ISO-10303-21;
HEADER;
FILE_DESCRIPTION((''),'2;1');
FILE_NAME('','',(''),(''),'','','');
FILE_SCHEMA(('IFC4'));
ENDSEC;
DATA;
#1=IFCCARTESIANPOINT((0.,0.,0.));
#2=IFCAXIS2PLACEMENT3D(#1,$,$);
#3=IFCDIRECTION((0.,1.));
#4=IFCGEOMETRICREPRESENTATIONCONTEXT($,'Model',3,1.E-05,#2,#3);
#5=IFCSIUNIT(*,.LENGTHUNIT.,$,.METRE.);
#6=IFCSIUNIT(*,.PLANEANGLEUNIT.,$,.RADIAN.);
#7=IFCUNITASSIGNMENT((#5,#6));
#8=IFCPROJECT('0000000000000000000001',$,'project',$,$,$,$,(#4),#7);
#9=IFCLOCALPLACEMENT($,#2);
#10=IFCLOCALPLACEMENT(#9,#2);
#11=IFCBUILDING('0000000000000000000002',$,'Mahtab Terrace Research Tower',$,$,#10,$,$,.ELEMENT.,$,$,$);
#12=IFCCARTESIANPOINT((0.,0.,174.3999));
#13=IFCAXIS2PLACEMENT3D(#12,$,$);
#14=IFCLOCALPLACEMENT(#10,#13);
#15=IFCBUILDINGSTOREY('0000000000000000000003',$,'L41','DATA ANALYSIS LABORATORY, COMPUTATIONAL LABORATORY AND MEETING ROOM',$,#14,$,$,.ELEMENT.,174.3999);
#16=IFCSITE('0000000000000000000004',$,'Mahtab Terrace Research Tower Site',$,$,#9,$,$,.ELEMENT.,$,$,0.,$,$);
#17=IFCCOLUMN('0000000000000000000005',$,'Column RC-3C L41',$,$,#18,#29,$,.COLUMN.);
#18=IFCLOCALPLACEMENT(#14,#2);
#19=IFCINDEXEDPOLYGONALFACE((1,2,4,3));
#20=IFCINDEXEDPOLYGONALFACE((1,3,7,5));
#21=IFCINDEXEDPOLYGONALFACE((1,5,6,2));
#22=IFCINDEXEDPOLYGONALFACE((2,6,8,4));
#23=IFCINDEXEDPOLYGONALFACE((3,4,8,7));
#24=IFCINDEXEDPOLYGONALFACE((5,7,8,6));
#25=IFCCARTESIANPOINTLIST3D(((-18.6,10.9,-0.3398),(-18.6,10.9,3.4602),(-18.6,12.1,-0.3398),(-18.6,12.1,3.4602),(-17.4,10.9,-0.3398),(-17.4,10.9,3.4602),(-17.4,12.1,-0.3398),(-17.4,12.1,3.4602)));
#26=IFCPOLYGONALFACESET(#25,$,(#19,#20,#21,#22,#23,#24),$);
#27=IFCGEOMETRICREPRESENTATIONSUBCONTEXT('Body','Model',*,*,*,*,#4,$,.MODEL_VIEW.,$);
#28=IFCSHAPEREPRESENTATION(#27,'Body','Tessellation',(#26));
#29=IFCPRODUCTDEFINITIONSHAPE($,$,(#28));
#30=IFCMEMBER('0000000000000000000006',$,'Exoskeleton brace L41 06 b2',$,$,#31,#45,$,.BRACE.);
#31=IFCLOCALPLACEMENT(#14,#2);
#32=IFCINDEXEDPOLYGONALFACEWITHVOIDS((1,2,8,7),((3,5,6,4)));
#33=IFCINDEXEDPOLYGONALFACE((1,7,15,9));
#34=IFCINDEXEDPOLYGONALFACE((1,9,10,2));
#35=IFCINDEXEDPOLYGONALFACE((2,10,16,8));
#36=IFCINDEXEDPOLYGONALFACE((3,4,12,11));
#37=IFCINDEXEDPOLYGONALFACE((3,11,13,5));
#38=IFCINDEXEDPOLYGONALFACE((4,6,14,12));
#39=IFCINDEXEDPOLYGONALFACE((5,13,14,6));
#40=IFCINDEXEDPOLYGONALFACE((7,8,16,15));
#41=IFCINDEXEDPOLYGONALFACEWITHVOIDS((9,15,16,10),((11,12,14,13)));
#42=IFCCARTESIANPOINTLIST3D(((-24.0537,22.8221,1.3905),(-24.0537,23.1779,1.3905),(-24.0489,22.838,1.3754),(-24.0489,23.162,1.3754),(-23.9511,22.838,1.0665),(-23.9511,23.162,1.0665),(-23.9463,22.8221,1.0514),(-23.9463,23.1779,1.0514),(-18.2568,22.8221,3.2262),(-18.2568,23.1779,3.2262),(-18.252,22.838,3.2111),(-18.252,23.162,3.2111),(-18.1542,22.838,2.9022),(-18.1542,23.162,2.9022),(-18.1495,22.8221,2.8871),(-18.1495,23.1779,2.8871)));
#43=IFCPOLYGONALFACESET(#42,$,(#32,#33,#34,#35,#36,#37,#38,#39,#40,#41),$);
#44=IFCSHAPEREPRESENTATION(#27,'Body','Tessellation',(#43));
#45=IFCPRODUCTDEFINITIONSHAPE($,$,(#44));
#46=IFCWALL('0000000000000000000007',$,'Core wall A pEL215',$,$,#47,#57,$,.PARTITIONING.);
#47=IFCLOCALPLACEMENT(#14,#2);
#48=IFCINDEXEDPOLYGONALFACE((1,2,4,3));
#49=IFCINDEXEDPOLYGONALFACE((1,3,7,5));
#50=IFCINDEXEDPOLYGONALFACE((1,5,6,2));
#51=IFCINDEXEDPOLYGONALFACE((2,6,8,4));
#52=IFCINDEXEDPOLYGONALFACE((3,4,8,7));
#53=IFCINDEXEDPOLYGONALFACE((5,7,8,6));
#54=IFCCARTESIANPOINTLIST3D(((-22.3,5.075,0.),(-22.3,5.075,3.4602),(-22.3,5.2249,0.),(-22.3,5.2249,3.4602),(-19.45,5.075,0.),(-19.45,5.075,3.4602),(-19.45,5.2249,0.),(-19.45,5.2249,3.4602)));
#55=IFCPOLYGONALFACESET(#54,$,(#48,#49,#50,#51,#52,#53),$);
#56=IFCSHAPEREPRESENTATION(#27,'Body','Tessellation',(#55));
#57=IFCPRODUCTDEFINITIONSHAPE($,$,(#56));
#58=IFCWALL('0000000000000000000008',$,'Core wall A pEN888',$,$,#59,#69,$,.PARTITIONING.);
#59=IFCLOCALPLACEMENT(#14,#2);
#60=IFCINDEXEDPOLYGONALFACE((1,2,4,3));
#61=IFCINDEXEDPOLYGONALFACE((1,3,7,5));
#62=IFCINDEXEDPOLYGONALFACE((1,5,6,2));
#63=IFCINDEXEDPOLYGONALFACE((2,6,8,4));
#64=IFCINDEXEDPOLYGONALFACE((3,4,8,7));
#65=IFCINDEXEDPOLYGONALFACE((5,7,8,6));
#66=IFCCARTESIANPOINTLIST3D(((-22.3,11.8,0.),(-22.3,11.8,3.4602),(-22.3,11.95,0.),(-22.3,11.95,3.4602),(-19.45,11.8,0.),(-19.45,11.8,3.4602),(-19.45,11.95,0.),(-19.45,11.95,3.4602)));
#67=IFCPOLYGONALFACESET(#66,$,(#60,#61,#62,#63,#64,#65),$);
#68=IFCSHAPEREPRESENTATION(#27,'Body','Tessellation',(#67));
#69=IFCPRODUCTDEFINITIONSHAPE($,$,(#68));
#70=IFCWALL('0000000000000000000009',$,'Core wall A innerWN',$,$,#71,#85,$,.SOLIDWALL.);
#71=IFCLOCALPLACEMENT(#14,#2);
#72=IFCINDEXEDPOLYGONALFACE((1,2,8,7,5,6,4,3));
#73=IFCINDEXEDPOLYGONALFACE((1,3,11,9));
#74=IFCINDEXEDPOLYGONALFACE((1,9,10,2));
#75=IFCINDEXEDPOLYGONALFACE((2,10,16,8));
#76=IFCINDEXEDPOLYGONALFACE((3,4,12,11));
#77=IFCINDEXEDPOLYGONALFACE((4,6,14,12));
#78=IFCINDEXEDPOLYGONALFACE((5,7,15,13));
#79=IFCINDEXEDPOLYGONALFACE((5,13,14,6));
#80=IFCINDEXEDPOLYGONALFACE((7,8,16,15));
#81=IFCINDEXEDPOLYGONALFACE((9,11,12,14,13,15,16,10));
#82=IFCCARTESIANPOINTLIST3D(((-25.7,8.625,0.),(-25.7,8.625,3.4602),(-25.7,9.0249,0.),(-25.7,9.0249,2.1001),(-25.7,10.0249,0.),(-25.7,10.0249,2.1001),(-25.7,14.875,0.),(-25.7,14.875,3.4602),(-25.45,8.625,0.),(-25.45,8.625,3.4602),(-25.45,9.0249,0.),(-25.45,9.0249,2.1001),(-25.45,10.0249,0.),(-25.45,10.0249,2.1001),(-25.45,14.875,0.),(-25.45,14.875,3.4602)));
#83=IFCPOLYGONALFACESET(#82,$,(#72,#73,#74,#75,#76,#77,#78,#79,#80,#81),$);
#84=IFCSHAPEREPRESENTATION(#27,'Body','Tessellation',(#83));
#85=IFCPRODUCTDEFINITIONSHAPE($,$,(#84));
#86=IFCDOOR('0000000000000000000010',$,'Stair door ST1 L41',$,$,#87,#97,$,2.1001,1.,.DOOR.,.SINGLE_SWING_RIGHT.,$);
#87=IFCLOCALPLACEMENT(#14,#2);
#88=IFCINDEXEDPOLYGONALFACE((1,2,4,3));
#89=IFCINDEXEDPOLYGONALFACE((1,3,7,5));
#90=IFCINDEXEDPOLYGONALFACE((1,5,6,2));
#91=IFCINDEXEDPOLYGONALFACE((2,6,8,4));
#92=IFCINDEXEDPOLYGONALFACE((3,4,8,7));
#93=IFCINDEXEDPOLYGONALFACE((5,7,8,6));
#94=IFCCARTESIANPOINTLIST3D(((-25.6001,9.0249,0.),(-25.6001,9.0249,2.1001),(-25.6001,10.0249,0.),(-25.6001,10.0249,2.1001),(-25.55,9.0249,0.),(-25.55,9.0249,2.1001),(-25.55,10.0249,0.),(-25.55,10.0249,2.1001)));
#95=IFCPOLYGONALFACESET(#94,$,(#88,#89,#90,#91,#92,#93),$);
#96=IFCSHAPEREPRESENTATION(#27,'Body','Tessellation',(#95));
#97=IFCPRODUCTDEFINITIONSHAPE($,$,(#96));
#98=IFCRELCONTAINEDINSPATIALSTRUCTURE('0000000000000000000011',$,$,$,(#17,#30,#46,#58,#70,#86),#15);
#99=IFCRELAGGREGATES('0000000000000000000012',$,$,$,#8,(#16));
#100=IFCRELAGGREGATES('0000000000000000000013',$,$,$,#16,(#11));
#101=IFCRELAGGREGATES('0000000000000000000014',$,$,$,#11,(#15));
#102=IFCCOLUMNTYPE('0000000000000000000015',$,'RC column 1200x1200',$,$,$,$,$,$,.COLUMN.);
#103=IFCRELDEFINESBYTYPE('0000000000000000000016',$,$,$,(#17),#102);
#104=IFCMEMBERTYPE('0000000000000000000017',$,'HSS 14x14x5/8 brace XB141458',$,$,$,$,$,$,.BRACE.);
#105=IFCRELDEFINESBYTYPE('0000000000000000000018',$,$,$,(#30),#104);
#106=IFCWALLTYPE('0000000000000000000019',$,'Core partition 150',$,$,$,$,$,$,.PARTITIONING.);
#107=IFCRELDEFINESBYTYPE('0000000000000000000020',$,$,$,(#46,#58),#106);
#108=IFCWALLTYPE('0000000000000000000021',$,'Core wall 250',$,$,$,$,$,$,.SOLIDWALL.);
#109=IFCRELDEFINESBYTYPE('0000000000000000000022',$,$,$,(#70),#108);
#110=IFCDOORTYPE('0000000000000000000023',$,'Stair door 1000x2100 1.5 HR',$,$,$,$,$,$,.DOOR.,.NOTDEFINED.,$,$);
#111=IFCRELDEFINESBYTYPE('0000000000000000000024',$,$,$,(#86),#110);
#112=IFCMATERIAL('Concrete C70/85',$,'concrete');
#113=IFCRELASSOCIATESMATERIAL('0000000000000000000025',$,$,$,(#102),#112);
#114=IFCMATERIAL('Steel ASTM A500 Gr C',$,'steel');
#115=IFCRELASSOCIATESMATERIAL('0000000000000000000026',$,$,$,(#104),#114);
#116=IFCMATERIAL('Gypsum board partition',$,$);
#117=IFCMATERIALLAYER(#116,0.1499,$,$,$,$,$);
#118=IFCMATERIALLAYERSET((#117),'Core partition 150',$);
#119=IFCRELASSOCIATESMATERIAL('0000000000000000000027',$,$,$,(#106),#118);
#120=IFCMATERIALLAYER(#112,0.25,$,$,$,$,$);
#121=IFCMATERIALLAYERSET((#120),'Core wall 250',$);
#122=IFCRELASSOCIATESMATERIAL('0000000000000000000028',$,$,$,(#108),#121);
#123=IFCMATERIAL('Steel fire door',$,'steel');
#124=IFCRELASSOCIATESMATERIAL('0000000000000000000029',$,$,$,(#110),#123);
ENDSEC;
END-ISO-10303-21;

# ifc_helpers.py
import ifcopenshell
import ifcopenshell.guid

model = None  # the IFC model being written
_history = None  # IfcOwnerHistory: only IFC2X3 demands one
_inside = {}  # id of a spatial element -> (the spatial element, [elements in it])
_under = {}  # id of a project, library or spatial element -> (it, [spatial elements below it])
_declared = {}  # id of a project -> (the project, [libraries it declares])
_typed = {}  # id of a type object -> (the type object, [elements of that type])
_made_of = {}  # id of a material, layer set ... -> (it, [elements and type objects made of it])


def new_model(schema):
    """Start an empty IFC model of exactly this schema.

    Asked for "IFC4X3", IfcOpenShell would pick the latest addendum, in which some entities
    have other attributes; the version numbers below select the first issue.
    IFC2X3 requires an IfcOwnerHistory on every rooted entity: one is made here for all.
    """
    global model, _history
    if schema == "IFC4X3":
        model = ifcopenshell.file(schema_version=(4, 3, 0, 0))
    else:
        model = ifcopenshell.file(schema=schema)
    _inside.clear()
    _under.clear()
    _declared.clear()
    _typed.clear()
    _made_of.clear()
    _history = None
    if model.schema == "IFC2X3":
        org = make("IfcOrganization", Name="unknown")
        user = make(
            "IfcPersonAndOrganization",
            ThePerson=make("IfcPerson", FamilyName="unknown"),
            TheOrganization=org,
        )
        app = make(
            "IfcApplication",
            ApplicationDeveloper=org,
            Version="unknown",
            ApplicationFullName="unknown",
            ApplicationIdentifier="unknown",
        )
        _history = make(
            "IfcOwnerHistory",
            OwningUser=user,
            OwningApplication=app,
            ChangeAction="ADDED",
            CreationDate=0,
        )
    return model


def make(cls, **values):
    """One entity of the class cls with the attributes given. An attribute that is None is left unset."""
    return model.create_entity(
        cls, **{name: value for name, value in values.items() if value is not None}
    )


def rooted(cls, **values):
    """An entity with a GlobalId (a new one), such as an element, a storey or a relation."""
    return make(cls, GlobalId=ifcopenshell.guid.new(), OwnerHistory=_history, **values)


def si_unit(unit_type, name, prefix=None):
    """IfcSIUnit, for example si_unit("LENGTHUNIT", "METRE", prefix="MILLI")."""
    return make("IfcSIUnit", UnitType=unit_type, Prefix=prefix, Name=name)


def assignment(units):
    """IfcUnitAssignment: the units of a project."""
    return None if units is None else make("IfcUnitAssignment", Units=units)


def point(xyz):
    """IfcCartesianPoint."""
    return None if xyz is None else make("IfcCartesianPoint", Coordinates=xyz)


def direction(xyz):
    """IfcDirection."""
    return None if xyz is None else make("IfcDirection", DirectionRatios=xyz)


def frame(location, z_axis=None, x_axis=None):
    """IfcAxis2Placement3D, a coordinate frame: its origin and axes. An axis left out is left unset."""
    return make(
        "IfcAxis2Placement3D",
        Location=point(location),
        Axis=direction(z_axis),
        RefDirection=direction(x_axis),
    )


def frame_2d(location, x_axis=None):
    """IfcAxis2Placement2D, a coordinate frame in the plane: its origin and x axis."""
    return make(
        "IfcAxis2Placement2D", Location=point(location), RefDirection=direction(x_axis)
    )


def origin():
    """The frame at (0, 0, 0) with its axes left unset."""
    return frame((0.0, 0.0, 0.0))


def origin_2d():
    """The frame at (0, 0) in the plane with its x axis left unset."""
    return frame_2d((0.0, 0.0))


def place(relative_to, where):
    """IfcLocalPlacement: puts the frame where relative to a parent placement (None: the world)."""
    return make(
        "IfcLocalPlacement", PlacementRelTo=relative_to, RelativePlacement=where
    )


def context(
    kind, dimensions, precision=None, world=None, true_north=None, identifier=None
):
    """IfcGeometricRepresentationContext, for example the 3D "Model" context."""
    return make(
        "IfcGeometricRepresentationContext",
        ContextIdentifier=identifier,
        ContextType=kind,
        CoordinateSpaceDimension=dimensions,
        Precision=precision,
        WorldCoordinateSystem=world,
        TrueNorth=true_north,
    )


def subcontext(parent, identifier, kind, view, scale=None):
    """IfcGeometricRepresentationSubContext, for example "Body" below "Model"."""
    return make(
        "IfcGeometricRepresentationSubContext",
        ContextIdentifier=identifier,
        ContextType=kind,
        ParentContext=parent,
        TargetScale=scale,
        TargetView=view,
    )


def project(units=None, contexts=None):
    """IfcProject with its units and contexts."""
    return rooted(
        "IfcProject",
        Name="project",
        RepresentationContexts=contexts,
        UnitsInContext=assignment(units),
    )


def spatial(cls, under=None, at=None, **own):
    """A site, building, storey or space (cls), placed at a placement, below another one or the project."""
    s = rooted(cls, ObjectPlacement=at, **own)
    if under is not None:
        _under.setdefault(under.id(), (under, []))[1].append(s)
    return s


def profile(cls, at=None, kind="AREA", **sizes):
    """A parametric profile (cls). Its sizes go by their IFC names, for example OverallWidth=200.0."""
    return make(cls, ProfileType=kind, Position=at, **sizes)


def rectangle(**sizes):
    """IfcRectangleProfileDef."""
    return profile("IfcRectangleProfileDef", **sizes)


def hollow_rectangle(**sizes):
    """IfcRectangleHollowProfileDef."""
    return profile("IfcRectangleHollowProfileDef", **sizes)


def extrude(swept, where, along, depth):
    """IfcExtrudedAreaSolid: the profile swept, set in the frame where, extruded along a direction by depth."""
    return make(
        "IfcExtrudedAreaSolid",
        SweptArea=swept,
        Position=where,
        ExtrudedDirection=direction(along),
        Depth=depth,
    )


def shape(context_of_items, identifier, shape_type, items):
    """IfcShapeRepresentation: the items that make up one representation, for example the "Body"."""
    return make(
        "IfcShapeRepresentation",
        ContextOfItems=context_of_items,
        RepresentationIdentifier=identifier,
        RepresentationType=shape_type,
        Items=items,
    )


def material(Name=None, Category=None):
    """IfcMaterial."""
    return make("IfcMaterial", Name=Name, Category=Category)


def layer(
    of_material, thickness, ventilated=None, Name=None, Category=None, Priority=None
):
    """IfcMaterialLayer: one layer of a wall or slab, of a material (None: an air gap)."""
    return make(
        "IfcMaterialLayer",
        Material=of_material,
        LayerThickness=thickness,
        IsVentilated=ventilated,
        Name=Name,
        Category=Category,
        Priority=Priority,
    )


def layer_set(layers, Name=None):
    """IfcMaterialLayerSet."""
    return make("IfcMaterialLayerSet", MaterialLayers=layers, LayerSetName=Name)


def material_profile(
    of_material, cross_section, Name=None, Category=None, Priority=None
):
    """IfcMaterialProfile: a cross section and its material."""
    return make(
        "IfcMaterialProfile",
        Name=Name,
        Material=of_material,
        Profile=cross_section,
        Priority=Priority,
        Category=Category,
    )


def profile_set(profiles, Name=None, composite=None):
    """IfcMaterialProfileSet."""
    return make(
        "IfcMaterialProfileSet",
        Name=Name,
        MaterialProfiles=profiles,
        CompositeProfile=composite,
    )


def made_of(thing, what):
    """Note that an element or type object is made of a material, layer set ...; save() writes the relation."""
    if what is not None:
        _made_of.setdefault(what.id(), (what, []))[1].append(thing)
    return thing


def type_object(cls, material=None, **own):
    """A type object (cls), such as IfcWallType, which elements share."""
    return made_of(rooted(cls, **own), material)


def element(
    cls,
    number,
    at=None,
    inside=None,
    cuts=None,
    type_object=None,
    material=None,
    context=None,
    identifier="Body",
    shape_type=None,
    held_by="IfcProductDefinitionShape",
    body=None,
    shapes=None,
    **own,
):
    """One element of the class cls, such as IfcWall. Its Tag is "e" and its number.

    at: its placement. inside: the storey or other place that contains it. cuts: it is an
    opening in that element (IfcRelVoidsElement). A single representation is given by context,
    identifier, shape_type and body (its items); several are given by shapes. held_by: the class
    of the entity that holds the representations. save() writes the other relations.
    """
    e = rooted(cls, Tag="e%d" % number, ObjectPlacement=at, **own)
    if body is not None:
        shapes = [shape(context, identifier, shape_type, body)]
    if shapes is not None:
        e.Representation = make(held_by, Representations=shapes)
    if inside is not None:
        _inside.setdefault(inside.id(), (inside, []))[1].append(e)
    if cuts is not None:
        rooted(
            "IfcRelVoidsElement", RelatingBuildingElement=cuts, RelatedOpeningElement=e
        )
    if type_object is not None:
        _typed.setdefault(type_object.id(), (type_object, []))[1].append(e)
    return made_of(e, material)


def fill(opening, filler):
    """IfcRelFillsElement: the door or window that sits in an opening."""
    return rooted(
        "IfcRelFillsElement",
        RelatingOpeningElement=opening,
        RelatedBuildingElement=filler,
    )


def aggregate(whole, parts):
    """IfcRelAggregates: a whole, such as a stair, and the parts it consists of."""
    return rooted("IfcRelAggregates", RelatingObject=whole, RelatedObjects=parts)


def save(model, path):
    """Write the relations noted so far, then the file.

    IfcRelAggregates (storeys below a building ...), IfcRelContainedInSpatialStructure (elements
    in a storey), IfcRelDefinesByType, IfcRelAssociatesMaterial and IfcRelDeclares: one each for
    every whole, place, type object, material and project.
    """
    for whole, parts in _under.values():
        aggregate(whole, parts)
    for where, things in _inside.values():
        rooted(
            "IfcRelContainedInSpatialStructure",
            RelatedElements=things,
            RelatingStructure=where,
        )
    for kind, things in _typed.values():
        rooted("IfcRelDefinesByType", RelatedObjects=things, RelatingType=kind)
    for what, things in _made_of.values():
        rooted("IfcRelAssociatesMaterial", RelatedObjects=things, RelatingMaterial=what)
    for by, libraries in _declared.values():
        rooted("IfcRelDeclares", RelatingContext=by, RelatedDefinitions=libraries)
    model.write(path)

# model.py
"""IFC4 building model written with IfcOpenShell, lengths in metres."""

from ifc_helpers import new_model, si_unit, direction, frame, frame_2d, origin, origin_2d, place, context, subcontext, project, spatial, rectangle, hollow_rectangle, extrude, material, layer, layer_set, material_profile, profile_set, type_object, element, fill, save


model = new_model("IFC4")

# Units and contexts
model_context = context("Model", 3, precision=1e-05, world=origin(), true_north=direction((0.0, 1.0)))
body_context = subcontext(model_context, "Body", "Model", "MODEL_VIEW")
ifc_project = project(units=[si_unit("LENGTHUNIT", "METRE"), si_unit("PLANEANGLEUNIT", "RADIAN")], contexts=[model_context])

# Site, building, storey
site_placement = place(None, origin())
site = spatial("IfcSite", under=ifc_project, at=site_placement, Name="Mahtab Terrace Research Tower Site", CompositionType="ELEMENT", RefElevation=0.0)
building_placement = place(site_placement, origin())
building = spatial("IfcBuilding", under=site, at=building_placement, Name="Mahtab Terrace Research Tower", CompositionType="ELEMENT")
storey_placement = place(building_placement, frame((0.0, 0.0, 174.3999)))
storey = spatial("IfcBuildingStorey", under=building, at=storey_placement, Name="L41", Description="DATA ANALYSIS LABORATORY, COMPUTATIONAL LABORATORY AND MEETING ROOM", CompositionType="ELEMENT", Elevation=174.3999)

# Column
ifc_material_1 = material(Name="Concrete C70/85", Category="concrete")
ifc_material_profile_1 = material_profile(ifc_material_1, rectangle(XDim=1.2, YDim=1.2, at=origin_2d()), Name="RC column 1200x1200")
ifc_profile_set_1 = profile_set([ifc_material_profile_1], Name="Concrete C70/85")
column_type = type_object("IfcColumnType", Name="RC column 1200x1200", PredefinedType="COLUMN", material=ifc_profile_set_1)
column_placement = place(storey_placement, frame((-18.0, 11.5, -0.3398), z_axis=(0.0, 0.0, 1.0), x_axis=(1.0, 0.0, 0.0)))
element("IfcColumn", 1, at=column_placement, inside=storey, type_object=column_type, Name="Column RC-3C L41", PredefinedType="COLUMN", context=body_context, shape_type="SweptSolid", body=[
    extrude(rectangle(XDim=1.2, YDim=1.2, at=origin_2d()), origin(), (0.0, 0.0, 1.0), 3.8),
])

# Member
ifc_material_2 = material(Name="Steel ASTM A500 Gr C", Category="steel")
ifc_material_profile_2 = material_profile(ifc_material_2, hollow_rectangle(XDim=0.3557, YDim=0.3557, WallThickness=0.0159, at=origin_2d()), Name="HSS14X14X5/8")
ifc_profile_set_2 = profile_set([ifc_material_profile_2], Name="Steel ASTM A500 Gr C")
member_type = type_object("IfcMemberType", Name="HSS 14x14x5/8 brace XB141458", PredefinedType="BRACE", material=ifc_profile_set_2)
member_placement = place(storey_placement, frame((-24.0, 23.0, 1.2209), z_axis=(0.953341, 0.0, 0.301894), x_axis=(0.0, 1.0, 0.0)))
element("IfcMember", 2, at=member_placement, inside=storey, type_object=member_type, Name="Exoskeleton brace L41 06 b2", PredefinedType="BRACE", context=body_context, shape_type="SweptSolid", body=[
    extrude(hollow_rectangle(XDim=0.3557, YDim=0.3557, WallThickness=0.0159, at=origin_2d()), origin(), (0.0, 0.0, 1.0), 6.0806),
])

# Walls
ifc_material_3 = material(Name="Gypsum board partition")
ifc_layer_1 = layer(ifc_material_3, 0.1499)
ifc_layer_set_1 = layer_set([ifc_layer_1], Name="Core partition 150")
wall_type_1 = type_object("IfcWallType", Name="Core partition 150", PredefinedType="PARTITIONING", material=ifc_layer_set_1)
for number, where, z_axis, x_axis, name in (
    (3, (-22.3, 5.1499, 0.0), (0.0, 0.0, 1.0), (1.0, 0.0, 0.0), "Core wall A pEL215"),
    (4, (-22.3, 11.875, 0.0), (0.0, 0.0, 1.0), (1.0, 0.0, 0.0), "Core wall A pEN888"),
):
    element("IfcWall", number, at=place(storey_placement, frame(where, z_axis=z_axis, x_axis=x_axis)), inside=storey, type_object=wall_type_1, Name=name, PredefinedType="PARTITIONING", context=body_context, shape_type="SweptSolid", body=[
        extrude(rectangle(XDim=2.8501, YDim=0.1499, at=frame_2d((1.425, 0.0))), origin(), (0.0, 0.0, 1.0), 3.4602),
    ])

# Wall, opening, door
ifc_layer_2 = layer(ifc_material_1, 0.25)
ifc_layer_set_2 = layer_set([ifc_layer_2], Name="Core wall 250")
wall_type_2 = type_object("IfcWallType", Name="Core wall 250", PredefinedType="SOLIDWALL", material=ifc_layer_set_2)
wall_1_placement = place(storey_placement, frame((-25.575, 14.875, 0.0), z_axis=(0.0, 0.0, 1.0), x_axis=(0.0, -1.0, 0.0)))
wall_1 = element("IfcWall", 5, at=wall_1_placement, inside=storey, type_object=wall_type_2, Name="Core wall A innerWN", PredefinedType="SOLIDWALL", context=body_context, shape_type="SweptSolid", body=[
    extrude(rectangle(XDim=6.25, YDim=0.25, at=frame_2d((3.125, 0.0))), origin(), (0.0, 0.0, 1.0), 3.4602),
])
opening_1_placement = place(wall_1_placement, frame((4.8501, 0.0, 0.0)))
opening_1 = element("IfcOpeningElement", 6, at=opening_1_placement, cuts=wall_1, PredefinedType="OPENING", context=body_context, shape_type="SweptSolid", body=[
    extrude(rectangle(XDim=1.0, YDim=2.1001, at=frame_2d((0.5, 1.05))), frame((0.0, 0.135, 0.0), z_axis=(0.0, -1.0, 0.0), x_axis=(1.0, 0.0, 0.0)), (0.0, 0.0, 1.0), 0.27),
])
ifc_material_4 = material(Name="Steel fire door", Category="steel")
door_type_1 = type_object("IfcDoorType", Name="Stair door 1000x2100 1.5 HR", OperationType="NOTDEFINED", PredefinedType="DOOR", material=ifc_material_4)
door_1_placement = place(opening_1_placement, origin())
door_1 = element("IfcDoor", 7, at=door_1_placement, inside=storey, type_object=door_type_1, Name="Stair door ST1 L41", OperationType="SINGLE_SWING_RIGHT", OverallHeight=2.1001, OverallWidth=1.0, PredefinedType="DOOR", context=body_context, shape_type="SweptSolid", body=[
    extrude(rectangle(XDim=1.0, YDim=2.1001, at=frame_2d((0.5, 1.05))), frame((0.0, 0.0249, 0.0), z_axis=(0.0, -1.0, 0.0), x_axis=(1.0, 0.0, 0.0)), (0.0, 0.0, 1.0), 0.05),
])
fill(opening_1, door_1)

save(model, "model.ifc")
